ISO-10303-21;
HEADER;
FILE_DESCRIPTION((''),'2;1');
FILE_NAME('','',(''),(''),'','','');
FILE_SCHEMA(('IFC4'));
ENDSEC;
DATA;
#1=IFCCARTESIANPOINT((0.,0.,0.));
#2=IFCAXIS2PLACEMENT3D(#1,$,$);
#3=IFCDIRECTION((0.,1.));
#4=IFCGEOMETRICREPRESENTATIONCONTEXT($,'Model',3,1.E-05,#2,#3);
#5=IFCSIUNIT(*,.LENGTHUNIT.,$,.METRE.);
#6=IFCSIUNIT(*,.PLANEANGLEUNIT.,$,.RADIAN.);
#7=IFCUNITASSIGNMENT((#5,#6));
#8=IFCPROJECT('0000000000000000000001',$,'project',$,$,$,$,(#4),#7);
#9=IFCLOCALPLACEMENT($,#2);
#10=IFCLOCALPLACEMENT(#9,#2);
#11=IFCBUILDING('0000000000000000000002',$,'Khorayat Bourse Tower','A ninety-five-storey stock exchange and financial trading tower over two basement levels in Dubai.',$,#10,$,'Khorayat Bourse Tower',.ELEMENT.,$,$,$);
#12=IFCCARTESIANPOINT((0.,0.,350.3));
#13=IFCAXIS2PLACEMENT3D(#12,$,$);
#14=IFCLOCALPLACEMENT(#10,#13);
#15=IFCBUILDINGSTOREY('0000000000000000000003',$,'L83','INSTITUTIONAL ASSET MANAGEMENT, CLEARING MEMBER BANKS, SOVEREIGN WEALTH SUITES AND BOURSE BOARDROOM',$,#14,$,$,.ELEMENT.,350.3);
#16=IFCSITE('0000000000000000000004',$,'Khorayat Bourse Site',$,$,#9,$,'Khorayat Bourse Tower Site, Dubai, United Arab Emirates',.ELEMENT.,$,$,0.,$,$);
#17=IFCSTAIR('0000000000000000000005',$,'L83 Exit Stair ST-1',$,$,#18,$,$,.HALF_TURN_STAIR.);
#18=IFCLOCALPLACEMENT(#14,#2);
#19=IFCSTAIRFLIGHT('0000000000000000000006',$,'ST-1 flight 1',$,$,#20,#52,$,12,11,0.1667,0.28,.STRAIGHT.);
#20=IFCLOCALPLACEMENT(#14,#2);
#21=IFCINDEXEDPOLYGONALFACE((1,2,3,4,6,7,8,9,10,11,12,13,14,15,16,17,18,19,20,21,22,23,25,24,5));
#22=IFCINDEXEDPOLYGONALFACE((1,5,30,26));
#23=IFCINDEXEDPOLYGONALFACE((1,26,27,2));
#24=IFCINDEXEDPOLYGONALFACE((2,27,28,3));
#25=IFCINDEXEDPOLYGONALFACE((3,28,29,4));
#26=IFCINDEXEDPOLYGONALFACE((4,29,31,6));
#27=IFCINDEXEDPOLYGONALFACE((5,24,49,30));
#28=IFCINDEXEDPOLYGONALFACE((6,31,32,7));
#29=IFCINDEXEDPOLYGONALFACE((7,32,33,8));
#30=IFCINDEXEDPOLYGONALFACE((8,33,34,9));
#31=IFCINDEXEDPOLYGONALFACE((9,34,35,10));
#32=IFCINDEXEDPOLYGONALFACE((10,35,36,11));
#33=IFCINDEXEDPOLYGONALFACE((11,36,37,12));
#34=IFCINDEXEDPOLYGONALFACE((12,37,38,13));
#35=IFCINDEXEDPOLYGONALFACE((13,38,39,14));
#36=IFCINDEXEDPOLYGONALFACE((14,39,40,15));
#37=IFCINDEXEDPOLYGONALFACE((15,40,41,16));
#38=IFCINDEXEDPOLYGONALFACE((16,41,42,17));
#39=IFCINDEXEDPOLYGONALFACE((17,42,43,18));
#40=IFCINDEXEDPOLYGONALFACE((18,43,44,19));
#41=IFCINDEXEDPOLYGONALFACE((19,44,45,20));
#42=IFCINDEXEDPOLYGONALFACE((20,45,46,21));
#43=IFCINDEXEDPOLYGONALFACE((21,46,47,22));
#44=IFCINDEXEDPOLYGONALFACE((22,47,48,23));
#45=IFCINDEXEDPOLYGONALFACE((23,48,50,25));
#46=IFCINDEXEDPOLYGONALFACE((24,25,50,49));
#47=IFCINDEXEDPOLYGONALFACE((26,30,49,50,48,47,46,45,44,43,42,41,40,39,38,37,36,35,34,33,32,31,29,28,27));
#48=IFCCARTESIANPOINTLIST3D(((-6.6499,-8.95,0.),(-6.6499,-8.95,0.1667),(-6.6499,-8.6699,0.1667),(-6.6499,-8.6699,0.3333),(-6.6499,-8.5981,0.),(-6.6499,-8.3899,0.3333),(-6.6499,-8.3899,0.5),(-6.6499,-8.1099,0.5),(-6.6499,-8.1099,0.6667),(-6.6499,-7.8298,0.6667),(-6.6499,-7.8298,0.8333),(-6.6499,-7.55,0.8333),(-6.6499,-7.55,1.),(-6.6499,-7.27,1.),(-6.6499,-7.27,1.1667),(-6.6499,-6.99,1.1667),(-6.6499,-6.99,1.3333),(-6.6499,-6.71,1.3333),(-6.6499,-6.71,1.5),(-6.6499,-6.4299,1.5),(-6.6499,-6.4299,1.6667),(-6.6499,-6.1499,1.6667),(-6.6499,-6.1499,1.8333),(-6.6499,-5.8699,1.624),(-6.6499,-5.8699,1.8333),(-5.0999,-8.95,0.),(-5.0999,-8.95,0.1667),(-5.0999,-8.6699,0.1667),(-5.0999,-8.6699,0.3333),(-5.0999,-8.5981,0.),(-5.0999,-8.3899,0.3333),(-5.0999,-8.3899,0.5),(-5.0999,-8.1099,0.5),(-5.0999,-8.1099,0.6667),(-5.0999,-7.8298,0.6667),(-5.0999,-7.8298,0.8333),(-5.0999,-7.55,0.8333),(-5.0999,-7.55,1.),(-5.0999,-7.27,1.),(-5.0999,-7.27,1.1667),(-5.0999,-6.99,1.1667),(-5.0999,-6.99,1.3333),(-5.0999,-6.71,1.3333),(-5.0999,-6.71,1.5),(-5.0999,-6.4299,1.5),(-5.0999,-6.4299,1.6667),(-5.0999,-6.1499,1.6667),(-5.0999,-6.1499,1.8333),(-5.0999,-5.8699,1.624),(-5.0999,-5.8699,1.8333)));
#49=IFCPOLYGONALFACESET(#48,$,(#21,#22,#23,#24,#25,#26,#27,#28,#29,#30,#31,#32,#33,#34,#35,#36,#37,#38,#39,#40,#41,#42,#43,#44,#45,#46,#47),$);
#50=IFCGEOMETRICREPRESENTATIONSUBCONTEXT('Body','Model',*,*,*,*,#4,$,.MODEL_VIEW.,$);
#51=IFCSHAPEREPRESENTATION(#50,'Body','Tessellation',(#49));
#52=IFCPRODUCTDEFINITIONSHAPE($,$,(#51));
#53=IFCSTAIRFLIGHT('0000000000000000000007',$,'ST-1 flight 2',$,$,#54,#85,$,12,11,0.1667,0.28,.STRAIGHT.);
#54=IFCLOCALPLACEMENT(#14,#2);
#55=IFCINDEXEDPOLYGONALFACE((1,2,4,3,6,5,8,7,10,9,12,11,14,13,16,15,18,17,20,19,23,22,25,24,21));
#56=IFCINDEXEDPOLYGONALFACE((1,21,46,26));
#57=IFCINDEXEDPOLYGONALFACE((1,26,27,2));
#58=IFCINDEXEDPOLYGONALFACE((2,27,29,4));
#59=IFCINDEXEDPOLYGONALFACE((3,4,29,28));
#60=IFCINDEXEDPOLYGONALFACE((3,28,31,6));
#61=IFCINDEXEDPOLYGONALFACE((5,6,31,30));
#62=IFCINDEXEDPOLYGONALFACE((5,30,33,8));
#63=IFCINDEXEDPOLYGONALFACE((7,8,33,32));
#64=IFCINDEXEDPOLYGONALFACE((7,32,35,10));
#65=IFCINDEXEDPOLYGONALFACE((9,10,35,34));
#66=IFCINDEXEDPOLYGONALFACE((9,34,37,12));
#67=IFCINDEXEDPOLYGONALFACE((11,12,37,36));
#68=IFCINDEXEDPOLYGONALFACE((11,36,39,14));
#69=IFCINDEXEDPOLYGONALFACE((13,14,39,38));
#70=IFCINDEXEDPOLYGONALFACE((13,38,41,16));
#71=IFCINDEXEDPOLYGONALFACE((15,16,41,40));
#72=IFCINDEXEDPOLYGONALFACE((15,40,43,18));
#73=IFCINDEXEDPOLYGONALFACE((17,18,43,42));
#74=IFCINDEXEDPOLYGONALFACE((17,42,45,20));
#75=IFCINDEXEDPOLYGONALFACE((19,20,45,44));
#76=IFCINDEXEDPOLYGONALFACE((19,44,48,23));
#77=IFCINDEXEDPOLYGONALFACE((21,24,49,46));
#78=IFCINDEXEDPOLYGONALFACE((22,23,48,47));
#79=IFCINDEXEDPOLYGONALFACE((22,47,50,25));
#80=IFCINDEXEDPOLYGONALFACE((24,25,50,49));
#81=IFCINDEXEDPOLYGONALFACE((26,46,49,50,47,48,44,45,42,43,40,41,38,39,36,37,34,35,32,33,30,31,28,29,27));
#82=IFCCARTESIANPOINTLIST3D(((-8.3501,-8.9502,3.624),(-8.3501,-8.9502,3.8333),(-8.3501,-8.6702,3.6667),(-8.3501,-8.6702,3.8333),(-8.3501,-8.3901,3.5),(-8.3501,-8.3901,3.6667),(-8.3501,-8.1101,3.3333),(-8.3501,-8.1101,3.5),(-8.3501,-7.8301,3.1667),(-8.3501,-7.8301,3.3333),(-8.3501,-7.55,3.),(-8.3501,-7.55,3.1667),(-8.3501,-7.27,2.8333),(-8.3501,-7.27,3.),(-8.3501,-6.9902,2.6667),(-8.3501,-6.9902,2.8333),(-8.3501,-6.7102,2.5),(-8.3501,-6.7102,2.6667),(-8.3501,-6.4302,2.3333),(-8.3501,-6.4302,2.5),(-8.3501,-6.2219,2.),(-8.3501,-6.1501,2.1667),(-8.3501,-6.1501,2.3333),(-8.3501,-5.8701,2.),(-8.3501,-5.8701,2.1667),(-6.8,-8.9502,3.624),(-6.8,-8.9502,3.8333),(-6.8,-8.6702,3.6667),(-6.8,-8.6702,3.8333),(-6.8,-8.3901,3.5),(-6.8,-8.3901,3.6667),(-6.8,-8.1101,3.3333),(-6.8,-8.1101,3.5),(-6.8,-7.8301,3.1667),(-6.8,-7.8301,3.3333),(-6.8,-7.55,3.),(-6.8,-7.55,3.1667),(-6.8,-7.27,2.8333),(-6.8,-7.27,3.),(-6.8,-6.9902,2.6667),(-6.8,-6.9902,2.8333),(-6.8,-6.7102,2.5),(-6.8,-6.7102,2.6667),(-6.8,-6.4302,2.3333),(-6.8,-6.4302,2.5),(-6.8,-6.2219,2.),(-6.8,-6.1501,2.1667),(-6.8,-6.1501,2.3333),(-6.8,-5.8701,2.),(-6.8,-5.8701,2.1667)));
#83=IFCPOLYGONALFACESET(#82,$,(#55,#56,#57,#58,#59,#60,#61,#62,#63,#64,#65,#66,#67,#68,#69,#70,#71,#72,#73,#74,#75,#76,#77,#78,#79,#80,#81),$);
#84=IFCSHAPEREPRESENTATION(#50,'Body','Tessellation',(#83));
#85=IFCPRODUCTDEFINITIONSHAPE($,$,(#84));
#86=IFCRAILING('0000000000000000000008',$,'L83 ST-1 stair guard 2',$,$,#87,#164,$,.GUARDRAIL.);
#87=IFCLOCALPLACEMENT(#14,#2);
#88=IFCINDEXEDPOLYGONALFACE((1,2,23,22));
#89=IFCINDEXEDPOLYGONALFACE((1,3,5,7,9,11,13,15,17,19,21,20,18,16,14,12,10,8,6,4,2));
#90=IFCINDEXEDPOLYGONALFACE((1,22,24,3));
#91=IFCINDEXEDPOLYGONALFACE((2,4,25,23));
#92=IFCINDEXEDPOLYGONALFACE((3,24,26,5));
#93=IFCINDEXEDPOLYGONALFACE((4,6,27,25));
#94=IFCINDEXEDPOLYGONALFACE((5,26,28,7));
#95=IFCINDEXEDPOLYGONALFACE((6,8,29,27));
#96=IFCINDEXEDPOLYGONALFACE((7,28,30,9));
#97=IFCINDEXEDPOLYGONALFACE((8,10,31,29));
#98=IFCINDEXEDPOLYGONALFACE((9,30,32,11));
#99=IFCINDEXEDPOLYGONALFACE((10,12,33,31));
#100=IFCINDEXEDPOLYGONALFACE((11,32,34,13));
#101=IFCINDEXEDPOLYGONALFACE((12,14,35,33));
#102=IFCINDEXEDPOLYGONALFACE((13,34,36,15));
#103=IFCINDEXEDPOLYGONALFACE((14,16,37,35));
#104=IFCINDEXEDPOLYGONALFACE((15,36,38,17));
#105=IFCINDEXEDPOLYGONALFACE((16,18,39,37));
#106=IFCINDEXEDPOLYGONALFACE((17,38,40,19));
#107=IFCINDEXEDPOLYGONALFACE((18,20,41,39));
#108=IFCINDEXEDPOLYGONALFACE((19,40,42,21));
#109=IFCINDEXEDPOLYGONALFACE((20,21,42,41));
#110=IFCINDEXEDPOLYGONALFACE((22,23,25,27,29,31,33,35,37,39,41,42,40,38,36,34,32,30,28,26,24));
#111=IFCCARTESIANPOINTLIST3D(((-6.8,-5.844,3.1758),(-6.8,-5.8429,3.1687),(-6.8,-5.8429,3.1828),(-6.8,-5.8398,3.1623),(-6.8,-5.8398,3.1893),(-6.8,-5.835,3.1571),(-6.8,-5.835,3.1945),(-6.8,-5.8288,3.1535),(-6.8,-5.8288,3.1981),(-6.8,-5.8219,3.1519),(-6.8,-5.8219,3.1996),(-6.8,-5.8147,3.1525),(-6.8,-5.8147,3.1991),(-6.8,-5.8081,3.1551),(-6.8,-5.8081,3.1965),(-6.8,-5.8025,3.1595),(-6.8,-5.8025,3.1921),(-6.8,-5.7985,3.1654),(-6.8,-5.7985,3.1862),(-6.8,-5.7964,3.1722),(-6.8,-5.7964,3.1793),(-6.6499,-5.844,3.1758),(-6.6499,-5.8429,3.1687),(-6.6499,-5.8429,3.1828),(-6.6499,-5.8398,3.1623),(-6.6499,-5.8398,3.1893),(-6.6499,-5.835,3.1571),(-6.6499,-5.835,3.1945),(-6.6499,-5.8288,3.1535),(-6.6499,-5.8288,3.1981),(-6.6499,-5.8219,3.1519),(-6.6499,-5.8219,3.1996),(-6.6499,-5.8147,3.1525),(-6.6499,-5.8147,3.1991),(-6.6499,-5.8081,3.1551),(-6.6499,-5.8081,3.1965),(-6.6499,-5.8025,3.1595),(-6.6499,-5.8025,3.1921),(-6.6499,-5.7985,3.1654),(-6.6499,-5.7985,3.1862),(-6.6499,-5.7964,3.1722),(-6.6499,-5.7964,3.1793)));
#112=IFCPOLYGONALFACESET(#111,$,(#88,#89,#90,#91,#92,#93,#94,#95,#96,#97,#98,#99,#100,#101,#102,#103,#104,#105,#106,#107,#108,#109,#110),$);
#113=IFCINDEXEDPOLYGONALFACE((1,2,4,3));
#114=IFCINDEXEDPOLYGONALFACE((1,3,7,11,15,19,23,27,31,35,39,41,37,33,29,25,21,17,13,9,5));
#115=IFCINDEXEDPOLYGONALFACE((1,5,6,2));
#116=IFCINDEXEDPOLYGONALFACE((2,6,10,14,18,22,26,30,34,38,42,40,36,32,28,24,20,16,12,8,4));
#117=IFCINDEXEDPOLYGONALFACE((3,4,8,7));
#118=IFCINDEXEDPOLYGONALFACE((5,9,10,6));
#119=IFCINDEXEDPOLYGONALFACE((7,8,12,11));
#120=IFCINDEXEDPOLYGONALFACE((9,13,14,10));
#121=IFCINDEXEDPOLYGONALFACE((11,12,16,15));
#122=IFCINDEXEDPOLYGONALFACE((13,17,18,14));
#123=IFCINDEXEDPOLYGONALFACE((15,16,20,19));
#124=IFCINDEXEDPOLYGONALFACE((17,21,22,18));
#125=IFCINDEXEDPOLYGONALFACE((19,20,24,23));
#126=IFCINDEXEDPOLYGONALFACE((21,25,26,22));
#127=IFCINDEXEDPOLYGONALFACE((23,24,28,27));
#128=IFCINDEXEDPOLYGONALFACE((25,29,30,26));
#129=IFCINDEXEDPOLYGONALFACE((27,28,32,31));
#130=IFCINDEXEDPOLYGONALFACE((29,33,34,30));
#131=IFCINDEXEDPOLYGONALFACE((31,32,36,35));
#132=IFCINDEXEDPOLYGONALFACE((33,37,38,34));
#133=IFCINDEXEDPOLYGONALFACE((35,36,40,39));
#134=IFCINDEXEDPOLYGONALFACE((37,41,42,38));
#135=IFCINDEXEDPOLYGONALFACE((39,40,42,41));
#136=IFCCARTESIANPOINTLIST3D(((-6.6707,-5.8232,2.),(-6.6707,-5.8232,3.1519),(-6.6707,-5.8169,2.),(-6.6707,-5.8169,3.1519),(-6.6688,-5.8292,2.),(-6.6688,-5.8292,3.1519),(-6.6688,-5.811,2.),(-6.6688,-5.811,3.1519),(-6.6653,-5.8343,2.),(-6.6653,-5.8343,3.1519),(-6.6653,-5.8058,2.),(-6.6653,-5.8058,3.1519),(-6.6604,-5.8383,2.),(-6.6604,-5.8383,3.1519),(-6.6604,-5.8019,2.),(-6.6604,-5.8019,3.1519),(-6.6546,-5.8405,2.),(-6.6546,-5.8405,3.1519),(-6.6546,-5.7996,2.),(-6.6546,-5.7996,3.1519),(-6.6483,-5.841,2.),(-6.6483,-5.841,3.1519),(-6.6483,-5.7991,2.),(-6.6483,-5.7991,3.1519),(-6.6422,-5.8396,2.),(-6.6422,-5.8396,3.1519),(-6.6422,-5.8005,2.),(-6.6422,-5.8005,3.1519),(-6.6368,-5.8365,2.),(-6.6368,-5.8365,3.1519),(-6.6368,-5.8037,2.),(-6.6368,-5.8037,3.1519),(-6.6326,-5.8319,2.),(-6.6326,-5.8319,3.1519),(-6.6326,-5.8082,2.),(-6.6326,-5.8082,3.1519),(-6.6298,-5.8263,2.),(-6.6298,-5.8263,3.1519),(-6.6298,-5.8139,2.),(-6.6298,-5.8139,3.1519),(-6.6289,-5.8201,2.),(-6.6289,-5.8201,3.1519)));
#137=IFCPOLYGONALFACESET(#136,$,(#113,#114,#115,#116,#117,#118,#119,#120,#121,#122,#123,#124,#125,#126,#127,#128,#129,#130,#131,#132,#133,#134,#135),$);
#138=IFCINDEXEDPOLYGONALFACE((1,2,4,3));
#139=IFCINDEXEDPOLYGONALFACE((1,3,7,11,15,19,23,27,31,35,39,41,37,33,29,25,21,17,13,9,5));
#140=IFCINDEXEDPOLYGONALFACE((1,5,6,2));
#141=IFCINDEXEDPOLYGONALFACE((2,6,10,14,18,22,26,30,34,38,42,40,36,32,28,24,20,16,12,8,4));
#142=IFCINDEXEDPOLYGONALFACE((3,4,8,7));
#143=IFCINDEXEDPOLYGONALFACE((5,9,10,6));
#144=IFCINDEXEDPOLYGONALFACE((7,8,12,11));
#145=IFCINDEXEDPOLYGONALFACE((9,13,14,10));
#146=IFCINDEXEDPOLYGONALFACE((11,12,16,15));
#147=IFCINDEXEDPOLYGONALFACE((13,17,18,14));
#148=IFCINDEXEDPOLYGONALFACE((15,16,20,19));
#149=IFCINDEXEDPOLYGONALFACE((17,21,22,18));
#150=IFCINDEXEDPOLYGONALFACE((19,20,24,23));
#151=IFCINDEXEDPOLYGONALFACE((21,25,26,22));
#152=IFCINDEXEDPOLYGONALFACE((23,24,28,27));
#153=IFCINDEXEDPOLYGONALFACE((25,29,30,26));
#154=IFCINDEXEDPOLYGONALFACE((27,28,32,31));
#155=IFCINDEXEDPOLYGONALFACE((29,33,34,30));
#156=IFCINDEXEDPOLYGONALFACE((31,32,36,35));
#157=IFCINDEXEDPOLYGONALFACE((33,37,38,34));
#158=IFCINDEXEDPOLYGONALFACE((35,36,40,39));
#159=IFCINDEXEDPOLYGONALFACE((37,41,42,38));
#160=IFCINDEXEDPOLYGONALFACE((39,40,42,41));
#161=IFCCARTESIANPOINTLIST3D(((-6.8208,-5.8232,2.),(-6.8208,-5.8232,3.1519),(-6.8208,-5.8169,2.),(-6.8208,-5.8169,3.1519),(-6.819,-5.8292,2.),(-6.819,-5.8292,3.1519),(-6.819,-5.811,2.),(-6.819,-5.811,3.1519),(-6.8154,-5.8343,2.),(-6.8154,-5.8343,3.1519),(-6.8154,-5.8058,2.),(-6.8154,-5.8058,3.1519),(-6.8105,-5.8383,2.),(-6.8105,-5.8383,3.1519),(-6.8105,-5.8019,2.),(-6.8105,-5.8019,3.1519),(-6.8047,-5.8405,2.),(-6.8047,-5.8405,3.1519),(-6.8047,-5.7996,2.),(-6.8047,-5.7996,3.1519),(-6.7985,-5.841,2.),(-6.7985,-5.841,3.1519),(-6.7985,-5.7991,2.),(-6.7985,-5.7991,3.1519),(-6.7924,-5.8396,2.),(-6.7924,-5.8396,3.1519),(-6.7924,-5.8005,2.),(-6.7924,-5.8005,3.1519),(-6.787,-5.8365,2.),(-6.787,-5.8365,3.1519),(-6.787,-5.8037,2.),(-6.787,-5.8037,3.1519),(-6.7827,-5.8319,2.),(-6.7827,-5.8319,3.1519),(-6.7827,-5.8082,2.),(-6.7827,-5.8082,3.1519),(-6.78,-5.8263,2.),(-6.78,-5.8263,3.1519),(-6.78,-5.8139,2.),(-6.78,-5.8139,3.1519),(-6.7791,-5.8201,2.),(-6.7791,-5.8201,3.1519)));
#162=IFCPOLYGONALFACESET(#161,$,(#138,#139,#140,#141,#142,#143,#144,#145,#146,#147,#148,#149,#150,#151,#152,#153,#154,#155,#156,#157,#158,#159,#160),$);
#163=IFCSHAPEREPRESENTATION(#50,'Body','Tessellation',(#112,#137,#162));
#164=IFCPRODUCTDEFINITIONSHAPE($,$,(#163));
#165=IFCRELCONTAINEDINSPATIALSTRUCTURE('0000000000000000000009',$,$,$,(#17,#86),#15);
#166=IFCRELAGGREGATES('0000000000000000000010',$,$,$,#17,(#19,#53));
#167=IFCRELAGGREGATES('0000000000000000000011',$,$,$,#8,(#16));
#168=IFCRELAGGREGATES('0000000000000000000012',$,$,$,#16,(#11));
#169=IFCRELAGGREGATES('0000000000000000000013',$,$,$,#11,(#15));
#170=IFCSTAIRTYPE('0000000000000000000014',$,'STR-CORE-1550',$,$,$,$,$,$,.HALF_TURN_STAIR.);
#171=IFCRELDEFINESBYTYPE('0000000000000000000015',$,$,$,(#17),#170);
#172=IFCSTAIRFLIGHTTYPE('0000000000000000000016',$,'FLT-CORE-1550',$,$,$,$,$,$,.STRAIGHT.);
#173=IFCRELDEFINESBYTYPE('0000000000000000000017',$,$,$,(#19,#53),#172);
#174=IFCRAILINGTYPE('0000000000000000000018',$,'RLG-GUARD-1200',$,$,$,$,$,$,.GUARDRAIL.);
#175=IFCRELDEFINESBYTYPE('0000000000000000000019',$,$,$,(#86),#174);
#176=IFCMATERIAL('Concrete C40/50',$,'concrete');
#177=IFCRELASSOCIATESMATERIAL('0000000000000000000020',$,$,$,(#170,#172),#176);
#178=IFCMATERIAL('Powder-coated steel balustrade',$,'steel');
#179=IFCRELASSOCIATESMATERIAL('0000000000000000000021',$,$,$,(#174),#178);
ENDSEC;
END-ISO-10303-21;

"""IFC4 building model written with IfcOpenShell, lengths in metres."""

from ifc_helpers import new_model, si_unit, direction, frame, origin, origin_2d, place, context, subcontext, project, spatial, polyline, circle, outline, extrude, source, transform, mapped, material, type_object, element, aggregate, save


model = new_model("IFC4")

# Units and contexts
model_context = context("Model", 3, precision=1e-05, world=origin(), true_north=direction((0.0, 1.0)))
body_context = subcontext(model_context, "Body", "Model", "MODEL_VIEW")
ifc_project = project(units=[si_unit("LENGTHUNIT", "METRE"), si_unit("PLANEANGLEUNIT", "RADIAN")], contexts=[model_context])

# Site, building, storey
site_placement = place(None, origin())
site = spatial("IfcSite", under=ifc_project, at=site_placement, Name="Khorayat Bourse Site", LongName="Khorayat Bourse Tower Site, Dubai, United Arab Emirates", CompositionType="ELEMENT", RefElevation=0.0)
building_placement = place(site_placement, origin())
building = spatial("IfcBuilding", under=site, at=building_placement, Name="Khorayat Bourse Tower", Description="A ninety-five-storey stock exchange and financial trading tower over two basement levels in Dubai.", LongName="Khorayat Bourse Tower", CompositionType="ELEMENT")
storey_placement = place(building_placement, frame((0.0, 0.0, 350.3)))
storey = spatial("IfcBuildingStorey", under=building, at=storey_placement, Name="L83", Description="INSTITUTIONAL ASSET MANAGEMENT, CLEARING MEMBER BANKS, SOVEREIGN WEALTH SUITES AND BOURSE BOARDROOM", CompositionType="ELEMENT", Elevation=350.3)

# Stair, stair flights
ifc_material_1 = material(Name="Concrete C40/50", Category="concrete")
stair_type = type_object("IfcStairType", Name="STR-CORE-1550", PredefinedType="HALF_TURN_STAIR", material=ifc_material_1)
stair_placement = place(storey_placement, origin())
stair = element("IfcStair", 1, at=stair_placement, inside=storey, type_object=stair_type, Name="L83 Exit Stair ST-1", PredefinedType="HALF_TURN_STAIR")
stair_flight_type = type_object("IfcStairFlightType", Name="FLT-CORE-1550", PredefinedType="STRAIGHT", material=ifc_material_1)
shared_shape_1 = source(origin(), body_context, "Body", "SweptSolid", [
    extrude(outline(polyline([(0.0, 0.0), (0.0, 0.1667), (0.28, 0.1667), (0.28, 0.3333), (0.5601, 0.3333), (0.5601, 0.5), (0.8401, 0.5), (0.8401, 0.6667), (1.1201, 0.6667), (1.1201, 0.8333), (1.3999, 0.8333), (1.3999, 1.0), (1.6799, 1.0), (1.6799, 1.1667), (1.96, 1.1667), (1.96, 1.3333), (2.24, 1.3333), (2.24, 1.5), (2.52, 1.5), (2.52, 1.6667), (2.8, 1.6667), (2.8, 1.8333), (3.0801, 1.8333), (3.0801, 2.0), (3.0801, 1.624), (0.3518, 0.0), (0.0, 0.0)])), frame((0.0, 0.7749, 0.0), z_axis=(0.0, -1.0, 0.0), x_axis=(1.0, 0.0, 0.0)), (0.0, 0.0, 1.0), 1.55),
])
stair_flight_1_placement = place(storey_placement, frame((-5.875, -8.95, 0.0), z_axis=(0.0, 0.0, 1.0), x_axis=(0.0, 1.0, 0.0)))
stair_flight_1 = element("IfcStairFlight", 2, at=stair_flight_1_placement, type_object=stair_flight_type, Name="ST-1 flight 1", NumberOfRisers=12, NumberOfTreads=11, PredefinedType="STRAIGHT", RiserHeight=0.1667, TreadLength=0.28, context=body_context, shape_type="MappedRepresentation", body=[
    mapped(shared_shape_1, transform((0.0, 0.0, 0.0), scale=1.0)),
])
stair_flight_2_placement = place(storey_placement, frame((-7.575, -5.8701, 2.0), z_axis=(0.0, 0.0, 1.0), x_axis=(0.0, -1.0, 0.0)))
stair_flight_2 = element("IfcStairFlight", 3, at=stair_flight_2_placement, type_object=stair_flight_type, Name="ST-1 flight 2", NumberOfRisers=12, NumberOfTreads=11, PredefinedType="STRAIGHT", RiserHeight=0.1667, TreadLength=0.28, context=body_context, shape_type="MappedRepresentation", body=[
    mapped(shared_shape_1, transform((0.0, 0.0, 0.0), scale=1.0)),
])
aggregate(stair, [stair_flight_1, stair_flight_2])

# Railing
ifc_material_2 = material(Name="Powder-coated steel balustrade", Category="steel")
railing_type_1 = type_object("IfcRailingType", Name="RLG-GUARD-1200", PredefinedType="GUARDRAIL", material=ifc_material_2)
shared_shape_2 = source(origin(), body_context, "Body", "SweptSolid", [
    extrude(circle(Radius=0.0239, at=origin_2d()), frame((0.0, 0.0, 1.1758), z_axis=(-1.0, 0.0, 0.0), x_axis=(0.0, -1.0, 0.0)), (0.0, 0.0, 1.0), 0.1501),
    extrude(circle(Radius=0.021, at=origin_2d()), origin(), (0.0, 0.0, 1.0), 1.1519),
    extrude(circle(Radius=0.021, at=origin_2d()), frame((-0.1501, 0.0, 0.0)), (0.0, 0.0, 1.0), 1.1519),
])
for number, where, name in (
    (4, (-6.6499, -5.8201, 2.0), "L83 ST-1 stair guard 2"),
):
    element("IfcRailing", number, at=place(storey_placement, frame(where)), inside=storey, type_object=railing_type_1, Name=name, PredefinedType="GUARDRAIL", context=body_context, shape_type="MappedRepresentation", body=[
        mapped(shared_shape_2, transform((0.0, 0.0, 0.0), scale=1.0)),
    ])

save(model, "model.ifc")
